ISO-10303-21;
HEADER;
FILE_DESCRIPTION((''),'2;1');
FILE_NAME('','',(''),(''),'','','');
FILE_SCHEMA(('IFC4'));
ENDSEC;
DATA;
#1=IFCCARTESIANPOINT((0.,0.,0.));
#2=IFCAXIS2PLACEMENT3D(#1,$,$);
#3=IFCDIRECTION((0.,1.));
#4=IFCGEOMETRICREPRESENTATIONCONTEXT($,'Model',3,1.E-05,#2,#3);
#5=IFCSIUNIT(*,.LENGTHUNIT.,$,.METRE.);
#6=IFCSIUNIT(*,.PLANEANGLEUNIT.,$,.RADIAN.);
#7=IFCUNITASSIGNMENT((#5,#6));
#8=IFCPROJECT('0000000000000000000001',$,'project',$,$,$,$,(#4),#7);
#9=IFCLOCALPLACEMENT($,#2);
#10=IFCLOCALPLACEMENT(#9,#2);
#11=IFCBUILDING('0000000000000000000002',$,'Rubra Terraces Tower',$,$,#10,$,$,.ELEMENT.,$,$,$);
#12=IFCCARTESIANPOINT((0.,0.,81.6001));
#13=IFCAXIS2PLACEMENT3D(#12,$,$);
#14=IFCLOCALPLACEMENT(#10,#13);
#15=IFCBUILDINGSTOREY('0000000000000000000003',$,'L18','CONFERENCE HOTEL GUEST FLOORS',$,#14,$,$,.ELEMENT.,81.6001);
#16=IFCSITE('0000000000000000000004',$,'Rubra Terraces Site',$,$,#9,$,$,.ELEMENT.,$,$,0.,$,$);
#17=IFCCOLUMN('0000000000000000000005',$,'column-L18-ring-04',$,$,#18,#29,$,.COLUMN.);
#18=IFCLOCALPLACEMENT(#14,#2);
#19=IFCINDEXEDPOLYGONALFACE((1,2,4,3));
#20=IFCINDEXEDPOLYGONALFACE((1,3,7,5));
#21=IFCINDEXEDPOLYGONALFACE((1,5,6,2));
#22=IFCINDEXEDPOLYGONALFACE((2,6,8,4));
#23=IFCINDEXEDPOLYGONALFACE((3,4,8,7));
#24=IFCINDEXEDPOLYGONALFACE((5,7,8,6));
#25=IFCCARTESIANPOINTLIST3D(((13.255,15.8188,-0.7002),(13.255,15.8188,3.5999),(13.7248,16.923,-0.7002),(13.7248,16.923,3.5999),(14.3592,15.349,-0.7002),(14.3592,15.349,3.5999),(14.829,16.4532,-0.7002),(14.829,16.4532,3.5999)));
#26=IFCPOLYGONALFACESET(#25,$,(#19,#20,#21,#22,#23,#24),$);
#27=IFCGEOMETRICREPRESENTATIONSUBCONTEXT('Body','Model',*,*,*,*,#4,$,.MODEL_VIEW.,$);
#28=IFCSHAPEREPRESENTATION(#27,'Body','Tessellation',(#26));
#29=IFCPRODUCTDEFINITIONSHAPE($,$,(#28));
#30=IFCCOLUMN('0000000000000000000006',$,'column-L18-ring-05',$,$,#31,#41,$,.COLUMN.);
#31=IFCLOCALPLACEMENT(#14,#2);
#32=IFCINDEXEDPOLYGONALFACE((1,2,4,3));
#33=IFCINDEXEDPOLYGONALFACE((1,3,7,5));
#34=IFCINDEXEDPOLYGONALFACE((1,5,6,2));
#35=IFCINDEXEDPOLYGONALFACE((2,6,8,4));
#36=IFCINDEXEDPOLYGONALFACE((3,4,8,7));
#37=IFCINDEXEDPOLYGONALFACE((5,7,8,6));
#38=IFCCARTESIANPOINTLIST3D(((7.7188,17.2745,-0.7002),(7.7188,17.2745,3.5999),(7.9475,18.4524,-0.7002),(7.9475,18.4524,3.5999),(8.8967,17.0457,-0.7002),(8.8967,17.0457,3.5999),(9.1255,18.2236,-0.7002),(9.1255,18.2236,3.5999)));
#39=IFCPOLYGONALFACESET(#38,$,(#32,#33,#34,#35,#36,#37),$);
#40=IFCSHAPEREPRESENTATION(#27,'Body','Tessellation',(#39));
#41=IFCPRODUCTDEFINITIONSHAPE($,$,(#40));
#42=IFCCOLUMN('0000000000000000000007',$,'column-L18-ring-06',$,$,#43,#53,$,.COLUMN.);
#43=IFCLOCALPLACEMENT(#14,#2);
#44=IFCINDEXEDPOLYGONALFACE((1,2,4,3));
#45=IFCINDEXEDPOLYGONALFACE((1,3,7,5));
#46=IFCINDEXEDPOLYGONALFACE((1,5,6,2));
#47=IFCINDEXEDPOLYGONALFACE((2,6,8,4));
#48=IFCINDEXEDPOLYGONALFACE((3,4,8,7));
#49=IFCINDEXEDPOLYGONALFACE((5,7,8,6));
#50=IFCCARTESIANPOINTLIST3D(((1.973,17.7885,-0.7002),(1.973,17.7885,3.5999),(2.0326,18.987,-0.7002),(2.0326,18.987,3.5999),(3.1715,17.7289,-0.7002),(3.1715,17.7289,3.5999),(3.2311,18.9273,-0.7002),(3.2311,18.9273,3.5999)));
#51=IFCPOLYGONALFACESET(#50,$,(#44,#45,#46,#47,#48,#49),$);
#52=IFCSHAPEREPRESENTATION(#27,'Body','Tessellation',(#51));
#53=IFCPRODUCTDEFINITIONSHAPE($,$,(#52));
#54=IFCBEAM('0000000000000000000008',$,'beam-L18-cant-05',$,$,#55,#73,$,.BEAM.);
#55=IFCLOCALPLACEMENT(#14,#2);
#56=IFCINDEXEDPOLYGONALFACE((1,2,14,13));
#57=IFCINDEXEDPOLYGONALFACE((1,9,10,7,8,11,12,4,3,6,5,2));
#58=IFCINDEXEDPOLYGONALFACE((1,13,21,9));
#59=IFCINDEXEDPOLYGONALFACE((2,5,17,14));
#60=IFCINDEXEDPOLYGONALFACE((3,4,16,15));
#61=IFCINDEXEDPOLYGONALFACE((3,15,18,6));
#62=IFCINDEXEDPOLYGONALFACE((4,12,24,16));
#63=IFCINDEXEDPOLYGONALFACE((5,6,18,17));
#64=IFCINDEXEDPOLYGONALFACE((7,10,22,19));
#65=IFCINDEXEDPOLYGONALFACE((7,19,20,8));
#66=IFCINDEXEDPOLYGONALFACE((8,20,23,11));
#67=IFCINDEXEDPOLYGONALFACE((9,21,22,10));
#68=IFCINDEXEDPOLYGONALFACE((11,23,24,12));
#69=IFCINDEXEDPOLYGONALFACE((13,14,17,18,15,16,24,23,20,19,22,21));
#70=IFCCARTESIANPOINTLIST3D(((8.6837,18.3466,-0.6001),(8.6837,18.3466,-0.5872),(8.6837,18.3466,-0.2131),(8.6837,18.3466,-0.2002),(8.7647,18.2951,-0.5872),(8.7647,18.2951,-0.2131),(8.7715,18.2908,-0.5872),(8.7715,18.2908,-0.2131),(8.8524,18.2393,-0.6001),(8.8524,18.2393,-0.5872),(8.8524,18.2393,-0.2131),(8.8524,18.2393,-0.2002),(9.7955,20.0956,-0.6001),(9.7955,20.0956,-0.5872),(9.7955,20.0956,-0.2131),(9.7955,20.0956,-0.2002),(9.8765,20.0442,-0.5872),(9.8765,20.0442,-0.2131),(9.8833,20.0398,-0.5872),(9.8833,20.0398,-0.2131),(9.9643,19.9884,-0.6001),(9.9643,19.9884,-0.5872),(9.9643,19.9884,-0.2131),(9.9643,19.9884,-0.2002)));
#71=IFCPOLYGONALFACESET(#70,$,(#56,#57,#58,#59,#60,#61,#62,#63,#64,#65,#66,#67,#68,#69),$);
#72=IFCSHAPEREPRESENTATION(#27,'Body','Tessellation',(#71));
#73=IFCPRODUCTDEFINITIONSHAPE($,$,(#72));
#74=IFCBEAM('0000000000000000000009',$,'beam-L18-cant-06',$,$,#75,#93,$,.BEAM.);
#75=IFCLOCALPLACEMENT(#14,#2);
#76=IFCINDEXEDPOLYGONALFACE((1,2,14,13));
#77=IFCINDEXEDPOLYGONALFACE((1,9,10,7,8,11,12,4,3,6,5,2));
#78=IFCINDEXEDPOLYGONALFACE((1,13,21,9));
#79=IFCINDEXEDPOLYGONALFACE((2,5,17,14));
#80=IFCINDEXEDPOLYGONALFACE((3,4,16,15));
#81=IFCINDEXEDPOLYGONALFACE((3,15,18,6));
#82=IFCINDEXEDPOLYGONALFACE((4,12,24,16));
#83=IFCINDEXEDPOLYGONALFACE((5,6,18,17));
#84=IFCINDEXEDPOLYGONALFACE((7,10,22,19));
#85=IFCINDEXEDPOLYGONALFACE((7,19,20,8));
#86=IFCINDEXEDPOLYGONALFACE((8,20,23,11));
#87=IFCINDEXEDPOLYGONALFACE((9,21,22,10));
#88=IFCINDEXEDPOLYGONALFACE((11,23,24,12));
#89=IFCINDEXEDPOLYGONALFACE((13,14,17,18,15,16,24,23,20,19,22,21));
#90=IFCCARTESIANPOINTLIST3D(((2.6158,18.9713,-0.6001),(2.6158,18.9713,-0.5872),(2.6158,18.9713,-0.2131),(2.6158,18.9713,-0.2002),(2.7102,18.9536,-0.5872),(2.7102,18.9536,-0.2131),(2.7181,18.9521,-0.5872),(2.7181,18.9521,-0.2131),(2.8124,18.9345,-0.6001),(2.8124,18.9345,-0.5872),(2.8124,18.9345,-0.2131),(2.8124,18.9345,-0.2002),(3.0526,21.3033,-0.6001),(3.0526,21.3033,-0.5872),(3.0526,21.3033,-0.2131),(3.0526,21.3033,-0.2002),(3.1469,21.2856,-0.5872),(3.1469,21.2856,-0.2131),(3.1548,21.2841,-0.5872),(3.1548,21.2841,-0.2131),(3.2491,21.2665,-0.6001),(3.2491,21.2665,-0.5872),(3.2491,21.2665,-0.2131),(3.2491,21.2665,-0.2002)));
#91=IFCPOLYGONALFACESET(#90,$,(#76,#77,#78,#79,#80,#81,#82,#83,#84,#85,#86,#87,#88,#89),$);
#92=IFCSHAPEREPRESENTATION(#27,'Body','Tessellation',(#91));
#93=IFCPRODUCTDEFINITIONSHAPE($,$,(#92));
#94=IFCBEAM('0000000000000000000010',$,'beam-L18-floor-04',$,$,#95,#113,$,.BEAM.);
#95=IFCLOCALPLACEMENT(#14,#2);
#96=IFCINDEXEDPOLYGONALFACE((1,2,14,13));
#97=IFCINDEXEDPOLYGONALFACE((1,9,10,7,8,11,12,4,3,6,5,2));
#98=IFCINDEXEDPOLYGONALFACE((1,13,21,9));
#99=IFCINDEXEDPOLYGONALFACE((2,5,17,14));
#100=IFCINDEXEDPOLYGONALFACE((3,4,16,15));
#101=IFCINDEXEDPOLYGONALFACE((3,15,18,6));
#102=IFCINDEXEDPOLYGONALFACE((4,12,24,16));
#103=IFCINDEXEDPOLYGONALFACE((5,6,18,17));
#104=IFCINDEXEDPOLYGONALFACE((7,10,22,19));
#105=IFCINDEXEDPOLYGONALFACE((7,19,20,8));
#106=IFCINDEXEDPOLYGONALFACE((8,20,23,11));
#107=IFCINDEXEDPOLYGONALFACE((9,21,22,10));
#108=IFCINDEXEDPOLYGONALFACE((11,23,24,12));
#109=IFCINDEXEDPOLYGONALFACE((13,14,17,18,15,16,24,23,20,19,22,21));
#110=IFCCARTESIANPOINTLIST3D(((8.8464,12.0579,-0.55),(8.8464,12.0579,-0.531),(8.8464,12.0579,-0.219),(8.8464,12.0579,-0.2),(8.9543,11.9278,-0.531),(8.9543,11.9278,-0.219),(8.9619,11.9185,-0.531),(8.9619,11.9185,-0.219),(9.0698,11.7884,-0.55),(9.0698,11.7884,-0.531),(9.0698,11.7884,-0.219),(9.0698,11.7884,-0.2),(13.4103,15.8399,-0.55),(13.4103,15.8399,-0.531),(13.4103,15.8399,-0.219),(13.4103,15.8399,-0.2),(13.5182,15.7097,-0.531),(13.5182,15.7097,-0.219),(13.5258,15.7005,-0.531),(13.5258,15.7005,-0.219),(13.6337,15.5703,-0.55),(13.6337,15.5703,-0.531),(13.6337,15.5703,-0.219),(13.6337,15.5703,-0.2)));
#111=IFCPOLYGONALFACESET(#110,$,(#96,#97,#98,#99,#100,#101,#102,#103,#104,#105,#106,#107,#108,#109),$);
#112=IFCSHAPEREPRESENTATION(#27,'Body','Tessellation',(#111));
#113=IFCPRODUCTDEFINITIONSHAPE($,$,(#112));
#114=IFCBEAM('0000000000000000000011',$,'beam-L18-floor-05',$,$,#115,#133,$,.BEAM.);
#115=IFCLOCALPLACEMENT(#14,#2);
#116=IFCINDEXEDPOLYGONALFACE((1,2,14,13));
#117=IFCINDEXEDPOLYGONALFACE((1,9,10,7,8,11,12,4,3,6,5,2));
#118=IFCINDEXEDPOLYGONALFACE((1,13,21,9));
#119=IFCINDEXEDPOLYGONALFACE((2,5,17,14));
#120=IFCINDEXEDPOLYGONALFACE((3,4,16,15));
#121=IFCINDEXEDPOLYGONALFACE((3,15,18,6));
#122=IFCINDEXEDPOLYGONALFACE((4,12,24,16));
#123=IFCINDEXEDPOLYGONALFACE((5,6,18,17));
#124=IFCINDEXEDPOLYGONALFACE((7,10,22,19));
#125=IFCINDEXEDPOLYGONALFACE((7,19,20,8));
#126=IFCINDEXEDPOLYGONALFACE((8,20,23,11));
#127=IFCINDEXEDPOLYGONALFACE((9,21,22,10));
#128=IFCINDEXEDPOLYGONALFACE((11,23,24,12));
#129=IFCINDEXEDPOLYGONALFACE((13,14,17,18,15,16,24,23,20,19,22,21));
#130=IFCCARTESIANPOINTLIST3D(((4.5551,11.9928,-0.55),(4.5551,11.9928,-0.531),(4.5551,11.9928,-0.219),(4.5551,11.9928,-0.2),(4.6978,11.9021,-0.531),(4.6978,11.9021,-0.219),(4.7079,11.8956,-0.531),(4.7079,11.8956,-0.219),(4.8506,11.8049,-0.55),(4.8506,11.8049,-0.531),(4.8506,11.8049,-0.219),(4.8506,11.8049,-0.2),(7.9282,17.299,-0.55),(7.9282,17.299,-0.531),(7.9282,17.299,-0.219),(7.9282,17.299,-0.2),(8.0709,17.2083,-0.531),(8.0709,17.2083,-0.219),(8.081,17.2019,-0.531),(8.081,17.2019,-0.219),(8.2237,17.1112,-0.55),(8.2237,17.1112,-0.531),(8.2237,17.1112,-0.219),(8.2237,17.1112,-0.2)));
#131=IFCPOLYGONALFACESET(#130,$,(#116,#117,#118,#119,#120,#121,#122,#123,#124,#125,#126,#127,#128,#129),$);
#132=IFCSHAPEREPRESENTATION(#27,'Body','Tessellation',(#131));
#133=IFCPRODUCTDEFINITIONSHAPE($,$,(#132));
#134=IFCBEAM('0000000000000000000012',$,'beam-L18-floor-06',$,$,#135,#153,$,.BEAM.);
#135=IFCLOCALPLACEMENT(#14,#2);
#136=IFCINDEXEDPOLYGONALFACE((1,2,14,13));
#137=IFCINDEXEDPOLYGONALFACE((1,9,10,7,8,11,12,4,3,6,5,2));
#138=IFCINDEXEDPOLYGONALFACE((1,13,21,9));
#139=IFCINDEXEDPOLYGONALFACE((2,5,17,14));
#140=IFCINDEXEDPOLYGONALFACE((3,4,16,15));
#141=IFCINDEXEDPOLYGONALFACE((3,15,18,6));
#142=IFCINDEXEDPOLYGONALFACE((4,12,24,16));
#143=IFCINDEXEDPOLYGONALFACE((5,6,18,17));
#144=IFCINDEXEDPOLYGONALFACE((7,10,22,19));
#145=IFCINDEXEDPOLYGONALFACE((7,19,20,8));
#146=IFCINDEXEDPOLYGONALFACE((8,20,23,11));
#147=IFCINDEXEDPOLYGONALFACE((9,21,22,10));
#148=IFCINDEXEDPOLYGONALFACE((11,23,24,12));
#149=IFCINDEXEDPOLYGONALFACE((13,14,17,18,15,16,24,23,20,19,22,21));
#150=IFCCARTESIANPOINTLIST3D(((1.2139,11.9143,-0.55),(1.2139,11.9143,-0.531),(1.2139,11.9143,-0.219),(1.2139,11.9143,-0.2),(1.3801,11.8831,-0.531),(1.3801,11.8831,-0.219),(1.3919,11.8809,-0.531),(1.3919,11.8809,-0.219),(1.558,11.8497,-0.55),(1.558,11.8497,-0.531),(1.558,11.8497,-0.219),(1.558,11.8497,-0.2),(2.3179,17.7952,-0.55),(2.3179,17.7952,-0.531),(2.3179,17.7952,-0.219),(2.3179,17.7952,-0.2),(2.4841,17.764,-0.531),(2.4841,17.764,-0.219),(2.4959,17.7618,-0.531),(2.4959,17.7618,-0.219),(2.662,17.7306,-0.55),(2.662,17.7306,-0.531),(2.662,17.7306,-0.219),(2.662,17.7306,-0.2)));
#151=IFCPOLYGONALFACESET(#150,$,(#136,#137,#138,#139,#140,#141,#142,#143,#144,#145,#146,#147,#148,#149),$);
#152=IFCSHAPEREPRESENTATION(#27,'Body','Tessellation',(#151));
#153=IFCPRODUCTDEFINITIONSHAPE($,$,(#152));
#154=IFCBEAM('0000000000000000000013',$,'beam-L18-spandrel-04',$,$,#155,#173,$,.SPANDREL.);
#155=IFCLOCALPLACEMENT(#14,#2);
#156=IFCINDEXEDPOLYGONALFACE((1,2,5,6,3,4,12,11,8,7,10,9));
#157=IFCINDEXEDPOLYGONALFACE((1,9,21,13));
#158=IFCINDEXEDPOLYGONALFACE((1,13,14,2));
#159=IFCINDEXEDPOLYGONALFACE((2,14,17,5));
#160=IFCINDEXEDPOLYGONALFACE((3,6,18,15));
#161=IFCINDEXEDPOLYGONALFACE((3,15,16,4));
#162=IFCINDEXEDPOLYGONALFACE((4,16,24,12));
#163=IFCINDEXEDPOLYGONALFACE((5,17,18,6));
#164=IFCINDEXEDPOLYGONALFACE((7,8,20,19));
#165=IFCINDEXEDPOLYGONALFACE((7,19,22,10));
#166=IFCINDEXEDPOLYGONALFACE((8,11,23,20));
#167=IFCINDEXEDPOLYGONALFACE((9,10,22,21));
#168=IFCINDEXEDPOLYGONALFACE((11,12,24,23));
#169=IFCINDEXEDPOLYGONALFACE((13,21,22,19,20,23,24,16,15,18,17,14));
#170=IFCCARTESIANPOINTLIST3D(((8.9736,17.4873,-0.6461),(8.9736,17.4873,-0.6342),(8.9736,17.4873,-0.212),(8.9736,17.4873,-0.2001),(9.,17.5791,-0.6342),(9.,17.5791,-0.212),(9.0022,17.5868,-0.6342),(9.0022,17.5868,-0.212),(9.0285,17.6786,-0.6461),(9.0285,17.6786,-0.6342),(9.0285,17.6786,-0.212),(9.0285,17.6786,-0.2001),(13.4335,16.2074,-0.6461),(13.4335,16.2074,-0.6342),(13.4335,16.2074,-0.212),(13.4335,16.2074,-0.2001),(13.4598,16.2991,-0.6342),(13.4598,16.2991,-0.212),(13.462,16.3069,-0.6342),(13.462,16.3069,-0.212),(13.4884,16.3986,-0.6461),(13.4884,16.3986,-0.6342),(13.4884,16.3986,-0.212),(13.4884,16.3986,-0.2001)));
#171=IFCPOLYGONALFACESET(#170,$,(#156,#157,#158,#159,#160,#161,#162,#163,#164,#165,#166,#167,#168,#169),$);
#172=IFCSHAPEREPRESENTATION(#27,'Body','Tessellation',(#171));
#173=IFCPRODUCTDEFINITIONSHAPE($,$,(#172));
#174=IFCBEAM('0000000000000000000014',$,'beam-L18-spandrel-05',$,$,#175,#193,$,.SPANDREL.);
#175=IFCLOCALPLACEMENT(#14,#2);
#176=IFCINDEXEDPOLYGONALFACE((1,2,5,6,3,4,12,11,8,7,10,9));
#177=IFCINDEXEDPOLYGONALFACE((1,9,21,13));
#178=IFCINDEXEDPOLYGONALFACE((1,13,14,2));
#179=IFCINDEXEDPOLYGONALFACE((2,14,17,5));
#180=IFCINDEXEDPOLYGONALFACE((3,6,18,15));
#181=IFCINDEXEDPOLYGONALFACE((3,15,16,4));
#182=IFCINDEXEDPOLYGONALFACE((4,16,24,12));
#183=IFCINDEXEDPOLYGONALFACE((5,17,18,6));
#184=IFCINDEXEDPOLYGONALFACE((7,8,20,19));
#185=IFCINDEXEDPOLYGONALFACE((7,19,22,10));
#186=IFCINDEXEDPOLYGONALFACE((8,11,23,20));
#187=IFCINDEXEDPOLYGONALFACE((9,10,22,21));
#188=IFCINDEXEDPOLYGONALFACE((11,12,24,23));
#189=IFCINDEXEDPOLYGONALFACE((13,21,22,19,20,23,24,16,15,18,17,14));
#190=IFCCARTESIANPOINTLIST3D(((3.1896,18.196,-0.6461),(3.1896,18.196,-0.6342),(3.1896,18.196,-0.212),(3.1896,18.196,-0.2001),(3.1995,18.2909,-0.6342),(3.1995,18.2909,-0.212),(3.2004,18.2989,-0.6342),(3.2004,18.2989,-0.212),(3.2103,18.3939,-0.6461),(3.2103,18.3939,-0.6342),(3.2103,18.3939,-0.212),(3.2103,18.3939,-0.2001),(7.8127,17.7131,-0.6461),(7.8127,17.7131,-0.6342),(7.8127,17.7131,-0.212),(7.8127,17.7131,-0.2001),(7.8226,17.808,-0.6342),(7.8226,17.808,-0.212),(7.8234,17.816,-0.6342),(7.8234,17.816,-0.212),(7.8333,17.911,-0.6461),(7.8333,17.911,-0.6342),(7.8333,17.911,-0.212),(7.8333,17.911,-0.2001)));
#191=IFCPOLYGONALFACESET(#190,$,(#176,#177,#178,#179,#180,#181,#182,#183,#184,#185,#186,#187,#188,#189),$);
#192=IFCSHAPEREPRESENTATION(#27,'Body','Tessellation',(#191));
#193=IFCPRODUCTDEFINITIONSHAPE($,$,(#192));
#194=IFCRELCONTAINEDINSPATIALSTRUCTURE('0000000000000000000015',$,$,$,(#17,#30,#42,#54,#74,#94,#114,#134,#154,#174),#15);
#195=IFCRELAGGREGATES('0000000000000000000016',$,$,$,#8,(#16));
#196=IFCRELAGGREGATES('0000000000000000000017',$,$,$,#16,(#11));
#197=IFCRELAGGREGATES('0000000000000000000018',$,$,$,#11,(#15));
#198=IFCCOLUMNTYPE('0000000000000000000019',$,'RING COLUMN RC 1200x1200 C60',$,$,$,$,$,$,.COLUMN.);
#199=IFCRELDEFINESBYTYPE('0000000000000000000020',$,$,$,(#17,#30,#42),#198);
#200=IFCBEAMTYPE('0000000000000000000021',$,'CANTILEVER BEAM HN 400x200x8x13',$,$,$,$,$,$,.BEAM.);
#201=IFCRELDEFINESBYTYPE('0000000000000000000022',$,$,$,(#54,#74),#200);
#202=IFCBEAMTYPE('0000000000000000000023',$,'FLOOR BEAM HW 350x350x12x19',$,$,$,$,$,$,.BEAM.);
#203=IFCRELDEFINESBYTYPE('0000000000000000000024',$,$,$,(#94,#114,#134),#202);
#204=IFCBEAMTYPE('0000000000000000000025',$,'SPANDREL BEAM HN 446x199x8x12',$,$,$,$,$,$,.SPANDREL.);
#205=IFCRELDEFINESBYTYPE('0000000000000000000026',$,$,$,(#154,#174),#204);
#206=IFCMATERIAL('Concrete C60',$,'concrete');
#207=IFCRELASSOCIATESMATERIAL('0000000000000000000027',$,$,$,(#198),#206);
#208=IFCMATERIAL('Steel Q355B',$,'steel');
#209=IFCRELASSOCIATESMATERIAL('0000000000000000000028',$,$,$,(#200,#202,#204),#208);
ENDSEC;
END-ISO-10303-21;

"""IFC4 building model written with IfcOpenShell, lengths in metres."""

from ifc_helpers import new_model, si_unit, direction, frame, origin, origin_2d, place, context, subcontext, project, spatial, rectangle, i_section, extrude, material, material_profile, profile_set, type_object, element, save


model = new_model("IFC4")

# Units and contexts
model_context = context("Model", 3, precision=1e-05, world=origin(), true_north=direction((0.0, 1.0)))
body_context = subcontext(model_context, "Body", "Model", "MODEL_VIEW")
ifc_project = project(units=[si_unit("LENGTHUNIT", "METRE"), si_unit("PLANEANGLEUNIT", "RADIAN")], contexts=[model_context])

# Site, building, storey
site_placement = place(None, origin())
site = spatial("IfcSite", under=ifc_project, at=site_placement, Name="Rubra Terraces Site", CompositionType="ELEMENT", RefElevation=0.0)
building_placement = place(site_placement, origin())
building = spatial("IfcBuilding", under=site, at=building_placement, Name="Rubra Terraces Tower", CompositionType="ELEMENT")
storey_placement = place(building_placement, frame((0.0, 0.0, 81.6001)))
storey = spatial("IfcBuildingStorey", under=building, at=storey_placement, Name="L18", Description="CONFERENCE HOTEL GUEST FLOORS", CompositionType="ELEMENT", Elevation=81.6001)

# Columns
ifc_material_1 = material(Name="Concrete C60", Category="concrete")
ifc_material_profile_1 = material_profile(ifc_material_1, rectangle(XDim=1.2, YDim=1.2, at=origin_2d()), Name="RC 1200x1200")
ifc_profile_set_1 = profile_set([ifc_material_profile_1], Name="Concrete C60")
column_type = type_object("IfcColumnType", Name="RING COLUMN RC 1200x1200 C60", PredefinedType="COLUMN", material=ifc_profile_set_1)
for number, where, z_axis, x_axis, name in (
    (1, (14.042, 16.136, -0.7002), (0.0, 0.0, 1.0), (-0.920168, 0.391524, 0.0), "column-L18-ring-04"),
    (2, (8.4221, 17.749, -0.7002), (0.0, 0.0, 1.0), (-0.981655, 0.190668, 0.0), "column-L18-ring-05"),
    (3, (2.6021, 18.3579, -0.7002), (0.0, 0.0, 1.0), (-0.998764, 0.049699, 0.0), "column-L18-ring-06"),
):
    element("IfcColumn", number, at=place(storey_placement, frame(where, z_axis=z_axis, x_axis=x_axis)), inside=storey, type_object=column_type, Name=name, PredefinedType="COLUMN", context=body_context, shape_type="SweptSolid", body=[
        extrude(rectangle(XDim=1.2, YDim=1.2, at=origin_2d()), origin(), (0.0, 0.0, 1.0), 4.3),
    ])

# Beams
ifc_material_2 = material(Name="Steel Q355B", Category="steel")
ifc_material_profile_2 = material_profile(ifc_material_2, i_section(OverallWidth=0.2, OverallDepth=0.3999, WebThickness=0.0081, FlangeThickness=0.0129, at=origin_2d()), Name="HN 400x200x8x13")
ifc_profile_set_2 = profile_set([ifc_material_profile_2], Name="Steel Q355B")
beam_type_1 = type_object("IfcBeamType", Name="CANTILEVER BEAM HN 400x200x8x13", PredefinedType="BEAM", material=ifc_profile_set_2)
beam_1_placement = place(storey_placement, frame((8.7681, 18.293, -0.4001), z_axis=(0.536464, 0.843923, 0.0), x_axis=(-0.843923, 0.536464, 0.0)))
element("IfcBeam", 4, at=beam_1_placement, inside=storey, type_object=beam_type_1, Name="beam-L18-cant-05", PredefinedType="BEAM", context=body_context, shape_type="SweptSolid", body=[
    extrude(i_section(OverallWidth=0.2, OverallDepth=0.3999, WebThickness=0.0081, FlangeThickness=0.0129, at=origin_2d()), origin(), (0.0, 0.0, 1.0), 2.0725),
])
beam_2_placement = place(storey_placement, frame((2.7141, 18.9529, -0.4001), z_axis=(0.18409, 0.982909, 0.0), x_axis=(-0.982909, 0.18409, 0.0)))
element("IfcBeam", 5, at=beam_2_placement, inside=storey, type_object=beam_type_1, Name="beam-L18-cant-06", PredefinedType="BEAM", context=body_context, shape_type="SweptSolid", body=[
    extrude(i_section(OverallWidth=0.2, OverallDepth=0.3999, WebThickness=0.0081, FlangeThickness=0.0129, at=origin_2d()), origin(), (0.0, 0.0, 1.0), 2.3726),
])
ifc_material_profile_3 = material_profile(ifc_material_2, i_section(OverallWidth=0.3501, OverallDepth=0.3501, WebThickness=0.012, FlangeThickness=0.019, at=origin_2d()), Name="HW 350x350x12x19")
ifc_profile_set_3 = profile_set([ifc_material_profile_3], Name="Steel Q355B")
beam_type_2 = type_object("IfcBeamType", Name="FLOOR BEAM HW 350x350x12x19", PredefinedType="BEAM", material=ifc_profile_set_3)
beam_3_placement = place(storey_placement, frame((13.522, 15.7051, -0.375), z_axis=(-0.769987, -0.638059, 0.0), x_axis=(0.638059, -0.769987, 0.0)))
element("IfcBeam", 6, at=beam_3_placement, inside=storey, type_object=beam_type_2, Name="beam-L18-floor-04", PredefinedType="BEAM", context=body_context, shape_type="SweptSolid", body=[
    extrude(i_section(OverallWidth=0.3501, OverallDepth=0.3501, WebThickness=0.012, FlangeThickness=0.019, at=origin_2d()), origin(), (0.0, 0.0, 1.0), 5.9272),
])
beam_4_placement = place(storey_placement, frame((8.0759, 17.2051, -0.375), z_axis=(-0.536468, -0.84392, 0.0), x_axis=(0.84392, -0.536468, 0.0)))
element("IfcBeam", 7, at=beam_4_placement, inside=storey, type_object=beam_type_2, Name="beam-L18-floor-05", PredefinedType="BEAM", context=body_context, shape_type="SweptSolid", body=[
    extrude(i_section(OverallWidth=0.3501, OverallDepth=0.3501, WebThickness=0.012, FlangeThickness=0.019, at=origin_2d()), origin(), (0.0, 0.0, 1.0), 6.2876),
])
beam_5_placement = place(storey_placement, frame((2.49, 17.7629, -0.375), z_axis=(-0.184505, -0.982832, 0.0), x_axis=(0.982832, -0.184505, 0.0)))
element("IfcBeam", 8, at=beam_5_placement, inside=storey, type_object=beam_type_2, Name="beam-L18-floor-06", PredefinedType="BEAM", context=body_context, shape_type="SweptSolid", body=[
    extrude(i_section(OverallWidth=0.3501, OverallDepth=0.3501, WebThickness=0.012, FlangeThickness=0.019, at=origin_2d()), origin(), (0.0, 0.0, 1.0), 5.9836),
])
ifc_material_profile_4 = material_profile(ifc_material_2, i_section(OverallWidth=0.199, OverallDepth=0.446, WebThickness=0.0081, FlangeThickness=0.012, at=origin_2d()), Name="HN 446x199x8x12")
ifc_profile_set_4 = profile_set([ifc_material_profile_4], Name="Steel Q355B")
beam_type_3 = type_object("IfcBeamType", Name="SPANDREL BEAM HN 446x199x8x12", PredefinedType="SPANDREL", material=ifc_profile_set_4)
beam_6_placement = place(storey_placement, frame((13.4609, 16.303, -0.4231), z_axis=(-0.961196, 0.275868, 0.0), x_axis=(-0.275868, -0.961196, 0.0)))
element("IfcBeam", 9, at=beam_6_placement, inside=storey, type_object=beam_type_3, Name="beam-L18-spandrel-04", PredefinedType="SPANDREL", context=body_context, shape_type="SweptSolid", body=[
    extrude(i_section(OverallWidth=0.199, OverallDepth=0.446, WebThickness=0.0081, FlangeThickness=0.012, at=origin_2d()), origin(), (0.0, 0.0, 1.0), 4.6399),
])
beam_7_placement = place(storey_placement, frame((7.823, 17.812, -0.4231), z_axis=(-0.994589, 0.103892, 0.0), x_axis=(-0.103892, -0.994589, 0.0)))
element("IfcBeam", 10, at=beam_7_placement, inside=storey, type_object=beam_type_3, Name="beam-L18-spandrel-05", PredefinedType="SPANDREL", context=body_context, shape_type="SweptSolid", body=[
    extrude(i_section(OverallWidth=0.199, OverallDepth=0.446, WebThickness=0.0081, FlangeThickness=0.012, at=origin_2d()), origin(), (0.0, 0.0, 1.0), 4.6482),
])

save(model, "model.ifc")
